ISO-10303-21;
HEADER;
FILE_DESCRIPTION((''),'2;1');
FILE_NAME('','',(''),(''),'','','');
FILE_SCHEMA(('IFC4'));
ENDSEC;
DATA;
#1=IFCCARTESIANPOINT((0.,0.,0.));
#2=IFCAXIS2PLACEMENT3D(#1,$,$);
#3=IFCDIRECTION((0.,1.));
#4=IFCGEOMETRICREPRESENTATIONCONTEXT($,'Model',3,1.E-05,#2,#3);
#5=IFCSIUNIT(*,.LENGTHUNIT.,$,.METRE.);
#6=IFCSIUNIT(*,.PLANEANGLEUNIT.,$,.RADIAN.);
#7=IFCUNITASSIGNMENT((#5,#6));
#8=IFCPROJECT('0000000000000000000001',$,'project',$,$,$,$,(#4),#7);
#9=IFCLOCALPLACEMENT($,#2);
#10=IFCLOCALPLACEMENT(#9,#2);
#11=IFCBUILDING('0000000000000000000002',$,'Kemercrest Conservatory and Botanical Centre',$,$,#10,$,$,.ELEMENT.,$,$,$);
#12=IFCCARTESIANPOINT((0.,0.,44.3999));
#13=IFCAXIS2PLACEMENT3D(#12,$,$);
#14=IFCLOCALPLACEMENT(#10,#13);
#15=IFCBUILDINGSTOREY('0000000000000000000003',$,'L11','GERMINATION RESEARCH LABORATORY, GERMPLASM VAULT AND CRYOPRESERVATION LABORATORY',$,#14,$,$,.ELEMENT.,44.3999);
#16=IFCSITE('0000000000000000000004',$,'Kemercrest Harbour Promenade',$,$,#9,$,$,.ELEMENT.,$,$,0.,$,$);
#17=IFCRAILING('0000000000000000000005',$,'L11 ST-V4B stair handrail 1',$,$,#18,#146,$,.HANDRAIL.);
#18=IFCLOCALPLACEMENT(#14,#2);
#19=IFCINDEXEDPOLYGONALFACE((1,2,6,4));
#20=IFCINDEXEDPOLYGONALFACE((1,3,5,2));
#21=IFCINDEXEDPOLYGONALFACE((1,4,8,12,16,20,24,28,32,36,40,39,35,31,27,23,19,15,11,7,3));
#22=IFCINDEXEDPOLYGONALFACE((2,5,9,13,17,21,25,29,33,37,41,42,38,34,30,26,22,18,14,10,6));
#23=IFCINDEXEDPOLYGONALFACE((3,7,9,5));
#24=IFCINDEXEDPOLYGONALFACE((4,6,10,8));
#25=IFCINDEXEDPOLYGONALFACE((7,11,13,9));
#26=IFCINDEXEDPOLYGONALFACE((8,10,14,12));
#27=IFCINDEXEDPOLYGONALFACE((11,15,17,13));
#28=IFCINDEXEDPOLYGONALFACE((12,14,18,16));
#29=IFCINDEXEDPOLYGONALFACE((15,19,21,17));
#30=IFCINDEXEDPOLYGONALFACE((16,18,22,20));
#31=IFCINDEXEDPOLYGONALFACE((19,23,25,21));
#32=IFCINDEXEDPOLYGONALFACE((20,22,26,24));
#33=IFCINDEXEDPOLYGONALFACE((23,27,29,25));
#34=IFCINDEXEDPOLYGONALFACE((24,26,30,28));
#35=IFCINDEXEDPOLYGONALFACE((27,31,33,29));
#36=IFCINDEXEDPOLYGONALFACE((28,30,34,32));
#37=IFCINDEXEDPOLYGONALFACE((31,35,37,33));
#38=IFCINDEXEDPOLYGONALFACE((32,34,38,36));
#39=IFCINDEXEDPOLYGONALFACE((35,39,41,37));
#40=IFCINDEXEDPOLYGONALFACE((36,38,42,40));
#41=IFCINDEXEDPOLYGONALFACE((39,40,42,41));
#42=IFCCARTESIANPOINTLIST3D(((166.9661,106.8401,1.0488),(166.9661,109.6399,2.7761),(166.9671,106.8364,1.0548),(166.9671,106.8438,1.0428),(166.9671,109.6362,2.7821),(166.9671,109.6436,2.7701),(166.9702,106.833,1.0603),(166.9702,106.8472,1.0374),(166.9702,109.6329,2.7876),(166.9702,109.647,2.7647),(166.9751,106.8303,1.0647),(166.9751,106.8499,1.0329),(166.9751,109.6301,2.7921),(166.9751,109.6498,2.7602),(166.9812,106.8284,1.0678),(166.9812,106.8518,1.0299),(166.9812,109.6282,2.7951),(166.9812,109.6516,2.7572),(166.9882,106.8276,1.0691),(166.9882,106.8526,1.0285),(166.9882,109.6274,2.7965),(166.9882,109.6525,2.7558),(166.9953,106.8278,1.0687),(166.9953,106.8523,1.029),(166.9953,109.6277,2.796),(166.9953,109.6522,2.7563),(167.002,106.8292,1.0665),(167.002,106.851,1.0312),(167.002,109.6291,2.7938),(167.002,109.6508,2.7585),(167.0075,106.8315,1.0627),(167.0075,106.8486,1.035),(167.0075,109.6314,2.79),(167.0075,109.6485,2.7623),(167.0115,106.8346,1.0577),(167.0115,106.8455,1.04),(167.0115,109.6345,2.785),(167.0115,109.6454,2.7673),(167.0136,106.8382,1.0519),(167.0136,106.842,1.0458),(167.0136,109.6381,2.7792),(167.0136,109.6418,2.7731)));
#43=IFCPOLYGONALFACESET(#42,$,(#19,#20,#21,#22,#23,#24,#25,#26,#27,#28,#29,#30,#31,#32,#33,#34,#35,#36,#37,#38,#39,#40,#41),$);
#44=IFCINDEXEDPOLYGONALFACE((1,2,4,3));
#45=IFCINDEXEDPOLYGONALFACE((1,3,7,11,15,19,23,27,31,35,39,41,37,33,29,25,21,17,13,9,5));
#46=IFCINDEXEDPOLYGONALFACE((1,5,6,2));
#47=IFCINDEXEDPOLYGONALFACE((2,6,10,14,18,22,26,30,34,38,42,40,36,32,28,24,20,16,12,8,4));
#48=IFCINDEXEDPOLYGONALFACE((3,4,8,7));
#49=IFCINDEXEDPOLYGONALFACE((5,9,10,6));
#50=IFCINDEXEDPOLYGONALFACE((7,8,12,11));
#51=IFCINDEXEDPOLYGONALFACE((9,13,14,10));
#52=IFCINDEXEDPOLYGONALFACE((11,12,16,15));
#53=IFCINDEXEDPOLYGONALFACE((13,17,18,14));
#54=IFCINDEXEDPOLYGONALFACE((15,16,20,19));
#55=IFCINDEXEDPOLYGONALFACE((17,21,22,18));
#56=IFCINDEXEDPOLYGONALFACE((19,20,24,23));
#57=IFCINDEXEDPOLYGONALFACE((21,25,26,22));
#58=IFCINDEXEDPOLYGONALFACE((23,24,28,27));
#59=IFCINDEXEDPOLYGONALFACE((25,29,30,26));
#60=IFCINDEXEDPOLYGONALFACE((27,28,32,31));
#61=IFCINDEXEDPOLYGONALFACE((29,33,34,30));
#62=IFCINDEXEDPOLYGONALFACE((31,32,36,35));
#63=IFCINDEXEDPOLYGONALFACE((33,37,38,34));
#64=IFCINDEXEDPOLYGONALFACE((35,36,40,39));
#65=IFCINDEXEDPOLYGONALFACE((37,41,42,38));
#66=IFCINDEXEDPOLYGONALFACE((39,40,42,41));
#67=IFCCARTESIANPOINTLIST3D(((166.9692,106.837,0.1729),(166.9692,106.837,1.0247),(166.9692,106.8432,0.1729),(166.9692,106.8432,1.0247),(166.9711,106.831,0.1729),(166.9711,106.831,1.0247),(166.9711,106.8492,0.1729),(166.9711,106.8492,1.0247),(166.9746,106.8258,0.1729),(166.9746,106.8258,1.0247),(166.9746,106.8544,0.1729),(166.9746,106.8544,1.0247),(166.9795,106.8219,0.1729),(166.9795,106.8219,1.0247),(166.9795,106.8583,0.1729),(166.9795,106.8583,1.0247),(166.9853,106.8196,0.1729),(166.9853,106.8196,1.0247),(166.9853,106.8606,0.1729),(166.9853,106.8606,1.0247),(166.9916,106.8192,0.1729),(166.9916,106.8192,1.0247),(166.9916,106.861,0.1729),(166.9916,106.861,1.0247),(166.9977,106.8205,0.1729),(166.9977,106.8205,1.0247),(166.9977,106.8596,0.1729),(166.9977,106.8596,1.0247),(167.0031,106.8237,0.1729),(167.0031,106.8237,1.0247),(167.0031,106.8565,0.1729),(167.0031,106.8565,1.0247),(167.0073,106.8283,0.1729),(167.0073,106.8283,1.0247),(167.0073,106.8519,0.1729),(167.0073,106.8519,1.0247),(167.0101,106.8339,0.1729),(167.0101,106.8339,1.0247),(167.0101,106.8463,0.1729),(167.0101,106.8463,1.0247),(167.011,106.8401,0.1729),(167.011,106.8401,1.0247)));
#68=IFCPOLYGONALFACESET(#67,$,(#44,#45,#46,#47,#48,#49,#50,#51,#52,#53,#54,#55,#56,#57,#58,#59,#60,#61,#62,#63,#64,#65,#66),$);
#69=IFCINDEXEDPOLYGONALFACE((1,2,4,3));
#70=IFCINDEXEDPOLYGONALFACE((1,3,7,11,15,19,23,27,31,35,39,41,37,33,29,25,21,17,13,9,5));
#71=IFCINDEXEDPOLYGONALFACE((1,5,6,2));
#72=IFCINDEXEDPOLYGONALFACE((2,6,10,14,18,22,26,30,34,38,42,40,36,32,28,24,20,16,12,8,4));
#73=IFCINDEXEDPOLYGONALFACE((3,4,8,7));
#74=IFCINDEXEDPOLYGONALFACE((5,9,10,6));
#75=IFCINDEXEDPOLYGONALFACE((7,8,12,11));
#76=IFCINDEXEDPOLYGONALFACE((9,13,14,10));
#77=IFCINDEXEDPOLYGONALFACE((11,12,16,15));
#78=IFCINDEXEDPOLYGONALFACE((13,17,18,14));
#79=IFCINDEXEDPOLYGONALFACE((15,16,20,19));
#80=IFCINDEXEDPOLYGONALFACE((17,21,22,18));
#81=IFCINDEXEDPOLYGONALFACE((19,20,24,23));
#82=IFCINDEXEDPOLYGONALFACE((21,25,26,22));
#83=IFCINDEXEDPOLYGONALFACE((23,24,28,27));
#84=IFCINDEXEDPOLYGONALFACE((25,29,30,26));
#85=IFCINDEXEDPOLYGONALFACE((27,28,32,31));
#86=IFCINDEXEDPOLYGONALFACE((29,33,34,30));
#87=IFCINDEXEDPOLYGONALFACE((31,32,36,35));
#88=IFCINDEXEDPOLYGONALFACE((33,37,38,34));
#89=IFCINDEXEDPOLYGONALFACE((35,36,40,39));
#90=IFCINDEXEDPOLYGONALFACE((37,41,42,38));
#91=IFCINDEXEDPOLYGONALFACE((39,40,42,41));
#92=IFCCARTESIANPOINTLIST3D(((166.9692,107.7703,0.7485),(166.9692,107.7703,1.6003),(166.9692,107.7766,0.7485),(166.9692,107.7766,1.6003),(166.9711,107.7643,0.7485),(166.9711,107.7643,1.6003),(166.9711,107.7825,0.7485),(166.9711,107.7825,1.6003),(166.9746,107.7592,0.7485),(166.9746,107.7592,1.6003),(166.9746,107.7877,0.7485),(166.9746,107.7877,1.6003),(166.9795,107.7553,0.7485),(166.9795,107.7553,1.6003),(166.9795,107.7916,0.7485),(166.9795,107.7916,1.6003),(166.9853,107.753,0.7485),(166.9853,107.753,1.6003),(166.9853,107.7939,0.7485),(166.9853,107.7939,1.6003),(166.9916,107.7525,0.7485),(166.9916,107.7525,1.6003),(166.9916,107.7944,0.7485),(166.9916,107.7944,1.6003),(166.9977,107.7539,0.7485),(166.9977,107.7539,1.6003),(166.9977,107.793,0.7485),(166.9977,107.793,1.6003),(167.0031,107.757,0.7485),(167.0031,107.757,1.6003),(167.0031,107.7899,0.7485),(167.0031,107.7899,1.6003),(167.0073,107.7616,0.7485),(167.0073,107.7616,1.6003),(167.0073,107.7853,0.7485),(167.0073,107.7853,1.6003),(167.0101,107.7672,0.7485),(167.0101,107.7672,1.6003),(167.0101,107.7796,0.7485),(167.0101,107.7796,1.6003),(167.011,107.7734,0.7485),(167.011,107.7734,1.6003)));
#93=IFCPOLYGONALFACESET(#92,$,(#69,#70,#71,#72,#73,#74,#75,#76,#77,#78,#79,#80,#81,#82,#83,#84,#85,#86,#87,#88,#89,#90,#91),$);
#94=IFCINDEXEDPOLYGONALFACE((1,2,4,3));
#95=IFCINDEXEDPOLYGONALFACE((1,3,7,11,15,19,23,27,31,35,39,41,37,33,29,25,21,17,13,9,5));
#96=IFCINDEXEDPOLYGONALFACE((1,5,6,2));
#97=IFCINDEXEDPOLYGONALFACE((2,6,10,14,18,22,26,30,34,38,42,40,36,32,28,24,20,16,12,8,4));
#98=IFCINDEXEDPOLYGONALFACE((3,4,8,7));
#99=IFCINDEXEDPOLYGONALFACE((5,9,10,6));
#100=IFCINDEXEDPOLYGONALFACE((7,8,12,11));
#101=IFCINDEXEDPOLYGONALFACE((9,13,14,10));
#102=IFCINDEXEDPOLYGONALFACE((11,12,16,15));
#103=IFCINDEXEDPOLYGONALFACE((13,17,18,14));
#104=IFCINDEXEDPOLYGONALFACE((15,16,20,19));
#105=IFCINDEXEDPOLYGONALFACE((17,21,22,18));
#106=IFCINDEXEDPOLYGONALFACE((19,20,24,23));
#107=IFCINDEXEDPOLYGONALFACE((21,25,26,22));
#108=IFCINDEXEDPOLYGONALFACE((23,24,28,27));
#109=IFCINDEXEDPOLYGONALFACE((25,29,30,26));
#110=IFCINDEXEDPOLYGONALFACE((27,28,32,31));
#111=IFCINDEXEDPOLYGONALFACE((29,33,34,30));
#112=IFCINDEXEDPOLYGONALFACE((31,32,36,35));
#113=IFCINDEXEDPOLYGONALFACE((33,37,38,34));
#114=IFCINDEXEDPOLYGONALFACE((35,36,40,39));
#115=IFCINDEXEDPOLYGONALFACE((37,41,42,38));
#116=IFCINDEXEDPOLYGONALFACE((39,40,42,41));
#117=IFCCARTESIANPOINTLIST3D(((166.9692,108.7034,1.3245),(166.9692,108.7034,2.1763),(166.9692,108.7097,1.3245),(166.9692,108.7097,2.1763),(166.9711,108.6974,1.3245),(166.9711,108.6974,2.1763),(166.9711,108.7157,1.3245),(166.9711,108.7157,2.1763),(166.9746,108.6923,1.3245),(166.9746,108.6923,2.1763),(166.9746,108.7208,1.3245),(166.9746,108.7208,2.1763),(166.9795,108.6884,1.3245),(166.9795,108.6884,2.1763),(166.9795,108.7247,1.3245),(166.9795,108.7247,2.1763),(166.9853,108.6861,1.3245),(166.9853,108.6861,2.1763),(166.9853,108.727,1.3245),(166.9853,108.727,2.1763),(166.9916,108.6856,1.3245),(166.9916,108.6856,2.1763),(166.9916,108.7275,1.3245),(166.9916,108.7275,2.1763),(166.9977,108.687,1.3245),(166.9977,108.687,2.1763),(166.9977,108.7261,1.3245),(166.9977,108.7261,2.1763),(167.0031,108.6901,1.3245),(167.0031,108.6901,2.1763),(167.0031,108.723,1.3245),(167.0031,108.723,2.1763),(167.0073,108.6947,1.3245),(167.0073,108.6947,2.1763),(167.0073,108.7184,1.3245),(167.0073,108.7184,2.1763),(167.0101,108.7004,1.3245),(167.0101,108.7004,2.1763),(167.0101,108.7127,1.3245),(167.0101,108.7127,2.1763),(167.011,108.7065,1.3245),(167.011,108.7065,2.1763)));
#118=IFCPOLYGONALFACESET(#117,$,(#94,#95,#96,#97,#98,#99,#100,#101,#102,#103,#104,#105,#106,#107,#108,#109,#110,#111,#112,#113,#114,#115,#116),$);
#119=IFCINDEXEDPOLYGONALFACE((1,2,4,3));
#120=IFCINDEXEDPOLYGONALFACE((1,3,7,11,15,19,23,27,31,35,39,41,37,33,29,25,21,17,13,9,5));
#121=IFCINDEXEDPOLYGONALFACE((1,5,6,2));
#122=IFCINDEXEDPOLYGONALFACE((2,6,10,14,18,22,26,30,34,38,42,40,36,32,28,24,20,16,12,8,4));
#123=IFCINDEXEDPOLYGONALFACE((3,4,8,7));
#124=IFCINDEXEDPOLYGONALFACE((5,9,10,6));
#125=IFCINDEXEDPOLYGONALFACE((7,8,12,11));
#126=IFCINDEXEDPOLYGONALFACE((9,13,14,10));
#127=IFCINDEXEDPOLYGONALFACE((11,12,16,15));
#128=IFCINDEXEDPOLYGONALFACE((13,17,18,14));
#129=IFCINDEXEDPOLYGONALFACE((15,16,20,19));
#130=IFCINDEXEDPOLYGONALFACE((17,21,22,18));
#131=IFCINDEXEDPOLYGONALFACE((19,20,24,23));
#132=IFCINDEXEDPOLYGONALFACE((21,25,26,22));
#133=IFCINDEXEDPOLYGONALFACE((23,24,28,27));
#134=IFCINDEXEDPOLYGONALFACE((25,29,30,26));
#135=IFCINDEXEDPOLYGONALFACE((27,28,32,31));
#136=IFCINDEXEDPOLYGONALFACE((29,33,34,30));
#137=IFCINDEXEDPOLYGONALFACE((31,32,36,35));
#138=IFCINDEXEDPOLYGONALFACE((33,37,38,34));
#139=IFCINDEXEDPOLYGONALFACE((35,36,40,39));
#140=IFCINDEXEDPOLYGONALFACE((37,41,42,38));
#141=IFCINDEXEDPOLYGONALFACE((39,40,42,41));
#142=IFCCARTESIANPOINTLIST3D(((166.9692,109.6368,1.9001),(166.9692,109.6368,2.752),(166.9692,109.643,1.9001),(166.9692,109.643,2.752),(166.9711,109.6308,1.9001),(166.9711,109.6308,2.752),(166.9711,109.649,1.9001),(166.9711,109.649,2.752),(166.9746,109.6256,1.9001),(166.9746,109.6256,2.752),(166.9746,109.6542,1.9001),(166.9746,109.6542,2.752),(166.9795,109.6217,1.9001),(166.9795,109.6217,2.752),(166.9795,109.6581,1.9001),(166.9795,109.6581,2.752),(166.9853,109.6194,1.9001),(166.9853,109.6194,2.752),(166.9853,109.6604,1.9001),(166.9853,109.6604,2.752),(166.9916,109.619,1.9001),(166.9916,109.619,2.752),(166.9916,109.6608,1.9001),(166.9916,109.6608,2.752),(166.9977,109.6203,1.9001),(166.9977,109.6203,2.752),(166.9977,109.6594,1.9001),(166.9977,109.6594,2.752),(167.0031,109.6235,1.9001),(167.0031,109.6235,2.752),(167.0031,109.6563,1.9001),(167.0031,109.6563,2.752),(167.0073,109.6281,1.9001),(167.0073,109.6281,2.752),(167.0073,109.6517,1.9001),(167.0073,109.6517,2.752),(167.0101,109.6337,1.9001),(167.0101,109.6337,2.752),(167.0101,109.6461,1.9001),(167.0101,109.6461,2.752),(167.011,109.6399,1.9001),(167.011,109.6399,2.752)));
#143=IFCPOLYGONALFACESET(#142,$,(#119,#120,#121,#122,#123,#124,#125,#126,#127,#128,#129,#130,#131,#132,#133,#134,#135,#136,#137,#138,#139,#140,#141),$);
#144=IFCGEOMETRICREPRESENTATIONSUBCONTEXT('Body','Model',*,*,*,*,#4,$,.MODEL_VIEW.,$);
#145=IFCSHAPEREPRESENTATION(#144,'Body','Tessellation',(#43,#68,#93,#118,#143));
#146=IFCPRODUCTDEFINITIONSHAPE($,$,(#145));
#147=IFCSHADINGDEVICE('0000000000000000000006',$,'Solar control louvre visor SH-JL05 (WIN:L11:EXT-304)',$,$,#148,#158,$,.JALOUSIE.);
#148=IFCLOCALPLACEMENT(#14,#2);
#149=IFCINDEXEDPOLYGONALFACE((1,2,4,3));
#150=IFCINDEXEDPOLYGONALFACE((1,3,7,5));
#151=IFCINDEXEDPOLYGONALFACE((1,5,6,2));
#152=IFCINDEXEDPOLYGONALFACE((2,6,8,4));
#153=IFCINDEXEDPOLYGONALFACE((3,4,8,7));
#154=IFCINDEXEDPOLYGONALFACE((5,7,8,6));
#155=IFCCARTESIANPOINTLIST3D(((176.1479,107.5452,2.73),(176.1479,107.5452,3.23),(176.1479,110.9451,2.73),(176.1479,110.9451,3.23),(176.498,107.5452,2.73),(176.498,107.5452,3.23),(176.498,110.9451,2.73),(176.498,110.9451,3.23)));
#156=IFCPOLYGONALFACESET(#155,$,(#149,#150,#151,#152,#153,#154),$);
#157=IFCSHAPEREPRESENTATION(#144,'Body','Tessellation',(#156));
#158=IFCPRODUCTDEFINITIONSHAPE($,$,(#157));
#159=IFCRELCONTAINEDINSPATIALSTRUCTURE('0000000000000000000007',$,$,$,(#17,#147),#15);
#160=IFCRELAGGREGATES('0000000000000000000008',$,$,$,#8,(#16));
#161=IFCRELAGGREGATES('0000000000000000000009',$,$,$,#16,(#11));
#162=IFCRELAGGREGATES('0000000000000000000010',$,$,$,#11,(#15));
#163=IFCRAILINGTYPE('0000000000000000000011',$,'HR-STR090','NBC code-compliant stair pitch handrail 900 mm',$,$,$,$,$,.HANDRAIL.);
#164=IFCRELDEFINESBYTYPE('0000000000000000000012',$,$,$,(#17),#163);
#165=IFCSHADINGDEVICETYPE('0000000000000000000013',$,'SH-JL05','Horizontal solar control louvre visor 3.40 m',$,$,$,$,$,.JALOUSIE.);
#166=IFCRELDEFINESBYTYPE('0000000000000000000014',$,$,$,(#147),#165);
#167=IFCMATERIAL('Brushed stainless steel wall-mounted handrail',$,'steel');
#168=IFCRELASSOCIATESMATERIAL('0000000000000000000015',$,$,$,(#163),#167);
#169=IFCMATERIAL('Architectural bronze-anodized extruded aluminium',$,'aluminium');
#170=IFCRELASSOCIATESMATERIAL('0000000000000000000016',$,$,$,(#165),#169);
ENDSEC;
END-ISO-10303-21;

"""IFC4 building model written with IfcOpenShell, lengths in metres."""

from ifc_helpers import new_model, si_unit, direction, frame, origin, origin_2d, place, context, subcontext, project, spatial, rectangle, circle, extrude, material, type_object, element, save


model = new_model("IFC4")

# Units and contexts
model_context = context("Model", 3, precision=1e-05, world=origin(), true_north=direction((0.0, 1.0)))
body_context = subcontext(model_context, "Body", "Model", "MODEL_VIEW")
ifc_project = project(units=[si_unit("LENGTHUNIT", "METRE"), si_unit("PLANEANGLEUNIT", "RADIAN")], contexts=[model_context])

# Site, building, storey
site_placement = place(None, origin())
site = spatial("IfcSite", under=ifc_project, at=site_placement, Name="Kemercrest Harbour Promenade", CompositionType="ELEMENT", RefElevation=0.0)
building_placement = place(site_placement, origin())
building = spatial("IfcBuilding", under=site, at=building_placement, Name="Kemercrest Conservatory and Botanical Centre", CompositionType="ELEMENT")
storey_placement = place(building_placement, frame((0.0, 0.0, 44.3999)))
storey = spatial("IfcBuildingStorey", under=building, at=storey_placement, Name="L11", Description="GERMINATION RESEARCH LABORATORY, GERMPLASM VAULT AND CRYOPRESERVATION LABORATORY", CompositionType="ELEMENT", Elevation=44.3999)

# Railing
ifc_material_1 = material(Name="Brushed stainless steel wall-mounted handrail", Category="steel")
railing_type = type_object("IfcRailingType", Name="HR-STR090", Description="NBC code-compliant stair pitch handrail 900 mm", PredefinedType="HANDRAIL", material=ifc_material_1)
railing_placement = place(storey_placement, frame((166.99, 106.8401, 0.1729)))
element("IfcRailing", 1, at=railing_placement, inside=storey, type_object=railing_type, Name="L11 ST-V4B stair handrail 1", PredefinedType="HANDRAIL", context=body_context, shape_type="SweptSolid", body=[
    extrude(circle(Radius=0.0239, at=origin_2d()), frame((0.0, 0.0, 0.876), z_axis=(0.0, 0.851069, 0.525054), x_axis=(-1.0, 0.0, 0.0)), (0.0, 0.0, 1.0), 3.2898),
    extrude(circle(Radius=0.021, at=origin_2d()), origin(), (0.0, 0.0, 1.0), 0.8518),
    extrude(circle(Radius=0.021, at=origin_2d()), frame((0.0, 0.9333, 0.5757)), (0.0, 0.0, 1.0), 0.8518),
    extrude(circle(Radius=0.021, at=origin_2d()), frame((0.0, 1.8665, 1.1516)), (0.0, 0.0, 1.0), 0.8518),
    extrude(circle(Radius=0.021, at=origin_2d()), frame((0.0, 2.7998, 1.7273)), (0.0, 0.0, 1.0), 0.8518),
])

# Shading device
ifc_material_2 = material(Name="Architectural bronze-anodized extruded aluminium", Category="aluminium")
shading_device_type = type_object("IfcShadingDeviceType", Name="SH-JL05", Description="Horizontal solar control louvre visor 3.40 m", PredefinedType="JALOUSIE", material=ifc_material_2)
shading_device_placement = place(storey_placement, frame((176.323, 109.2451, 2.73), z_axis=(0.0, 0.0, 1.0), x_axis=(0.0, 1.0, 0.0)))
element("IfcShadingDevice", 2, at=shading_device_placement, inside=storey, type_object=shading_device_type, Name="Solar control louvre visor SH-JL05 (WIN:L11:EXT-304)", PredefinedType="JALOUSIE", context=body_context, shape_type="SweptSolid", body=[
    extrude(rectangle(XDim=3.3999, YDim=0.3501, at=origin_2d()), origin(), (0.0, 0.0, 1.0), 0.5),
])

save(model, "model.ifc")
